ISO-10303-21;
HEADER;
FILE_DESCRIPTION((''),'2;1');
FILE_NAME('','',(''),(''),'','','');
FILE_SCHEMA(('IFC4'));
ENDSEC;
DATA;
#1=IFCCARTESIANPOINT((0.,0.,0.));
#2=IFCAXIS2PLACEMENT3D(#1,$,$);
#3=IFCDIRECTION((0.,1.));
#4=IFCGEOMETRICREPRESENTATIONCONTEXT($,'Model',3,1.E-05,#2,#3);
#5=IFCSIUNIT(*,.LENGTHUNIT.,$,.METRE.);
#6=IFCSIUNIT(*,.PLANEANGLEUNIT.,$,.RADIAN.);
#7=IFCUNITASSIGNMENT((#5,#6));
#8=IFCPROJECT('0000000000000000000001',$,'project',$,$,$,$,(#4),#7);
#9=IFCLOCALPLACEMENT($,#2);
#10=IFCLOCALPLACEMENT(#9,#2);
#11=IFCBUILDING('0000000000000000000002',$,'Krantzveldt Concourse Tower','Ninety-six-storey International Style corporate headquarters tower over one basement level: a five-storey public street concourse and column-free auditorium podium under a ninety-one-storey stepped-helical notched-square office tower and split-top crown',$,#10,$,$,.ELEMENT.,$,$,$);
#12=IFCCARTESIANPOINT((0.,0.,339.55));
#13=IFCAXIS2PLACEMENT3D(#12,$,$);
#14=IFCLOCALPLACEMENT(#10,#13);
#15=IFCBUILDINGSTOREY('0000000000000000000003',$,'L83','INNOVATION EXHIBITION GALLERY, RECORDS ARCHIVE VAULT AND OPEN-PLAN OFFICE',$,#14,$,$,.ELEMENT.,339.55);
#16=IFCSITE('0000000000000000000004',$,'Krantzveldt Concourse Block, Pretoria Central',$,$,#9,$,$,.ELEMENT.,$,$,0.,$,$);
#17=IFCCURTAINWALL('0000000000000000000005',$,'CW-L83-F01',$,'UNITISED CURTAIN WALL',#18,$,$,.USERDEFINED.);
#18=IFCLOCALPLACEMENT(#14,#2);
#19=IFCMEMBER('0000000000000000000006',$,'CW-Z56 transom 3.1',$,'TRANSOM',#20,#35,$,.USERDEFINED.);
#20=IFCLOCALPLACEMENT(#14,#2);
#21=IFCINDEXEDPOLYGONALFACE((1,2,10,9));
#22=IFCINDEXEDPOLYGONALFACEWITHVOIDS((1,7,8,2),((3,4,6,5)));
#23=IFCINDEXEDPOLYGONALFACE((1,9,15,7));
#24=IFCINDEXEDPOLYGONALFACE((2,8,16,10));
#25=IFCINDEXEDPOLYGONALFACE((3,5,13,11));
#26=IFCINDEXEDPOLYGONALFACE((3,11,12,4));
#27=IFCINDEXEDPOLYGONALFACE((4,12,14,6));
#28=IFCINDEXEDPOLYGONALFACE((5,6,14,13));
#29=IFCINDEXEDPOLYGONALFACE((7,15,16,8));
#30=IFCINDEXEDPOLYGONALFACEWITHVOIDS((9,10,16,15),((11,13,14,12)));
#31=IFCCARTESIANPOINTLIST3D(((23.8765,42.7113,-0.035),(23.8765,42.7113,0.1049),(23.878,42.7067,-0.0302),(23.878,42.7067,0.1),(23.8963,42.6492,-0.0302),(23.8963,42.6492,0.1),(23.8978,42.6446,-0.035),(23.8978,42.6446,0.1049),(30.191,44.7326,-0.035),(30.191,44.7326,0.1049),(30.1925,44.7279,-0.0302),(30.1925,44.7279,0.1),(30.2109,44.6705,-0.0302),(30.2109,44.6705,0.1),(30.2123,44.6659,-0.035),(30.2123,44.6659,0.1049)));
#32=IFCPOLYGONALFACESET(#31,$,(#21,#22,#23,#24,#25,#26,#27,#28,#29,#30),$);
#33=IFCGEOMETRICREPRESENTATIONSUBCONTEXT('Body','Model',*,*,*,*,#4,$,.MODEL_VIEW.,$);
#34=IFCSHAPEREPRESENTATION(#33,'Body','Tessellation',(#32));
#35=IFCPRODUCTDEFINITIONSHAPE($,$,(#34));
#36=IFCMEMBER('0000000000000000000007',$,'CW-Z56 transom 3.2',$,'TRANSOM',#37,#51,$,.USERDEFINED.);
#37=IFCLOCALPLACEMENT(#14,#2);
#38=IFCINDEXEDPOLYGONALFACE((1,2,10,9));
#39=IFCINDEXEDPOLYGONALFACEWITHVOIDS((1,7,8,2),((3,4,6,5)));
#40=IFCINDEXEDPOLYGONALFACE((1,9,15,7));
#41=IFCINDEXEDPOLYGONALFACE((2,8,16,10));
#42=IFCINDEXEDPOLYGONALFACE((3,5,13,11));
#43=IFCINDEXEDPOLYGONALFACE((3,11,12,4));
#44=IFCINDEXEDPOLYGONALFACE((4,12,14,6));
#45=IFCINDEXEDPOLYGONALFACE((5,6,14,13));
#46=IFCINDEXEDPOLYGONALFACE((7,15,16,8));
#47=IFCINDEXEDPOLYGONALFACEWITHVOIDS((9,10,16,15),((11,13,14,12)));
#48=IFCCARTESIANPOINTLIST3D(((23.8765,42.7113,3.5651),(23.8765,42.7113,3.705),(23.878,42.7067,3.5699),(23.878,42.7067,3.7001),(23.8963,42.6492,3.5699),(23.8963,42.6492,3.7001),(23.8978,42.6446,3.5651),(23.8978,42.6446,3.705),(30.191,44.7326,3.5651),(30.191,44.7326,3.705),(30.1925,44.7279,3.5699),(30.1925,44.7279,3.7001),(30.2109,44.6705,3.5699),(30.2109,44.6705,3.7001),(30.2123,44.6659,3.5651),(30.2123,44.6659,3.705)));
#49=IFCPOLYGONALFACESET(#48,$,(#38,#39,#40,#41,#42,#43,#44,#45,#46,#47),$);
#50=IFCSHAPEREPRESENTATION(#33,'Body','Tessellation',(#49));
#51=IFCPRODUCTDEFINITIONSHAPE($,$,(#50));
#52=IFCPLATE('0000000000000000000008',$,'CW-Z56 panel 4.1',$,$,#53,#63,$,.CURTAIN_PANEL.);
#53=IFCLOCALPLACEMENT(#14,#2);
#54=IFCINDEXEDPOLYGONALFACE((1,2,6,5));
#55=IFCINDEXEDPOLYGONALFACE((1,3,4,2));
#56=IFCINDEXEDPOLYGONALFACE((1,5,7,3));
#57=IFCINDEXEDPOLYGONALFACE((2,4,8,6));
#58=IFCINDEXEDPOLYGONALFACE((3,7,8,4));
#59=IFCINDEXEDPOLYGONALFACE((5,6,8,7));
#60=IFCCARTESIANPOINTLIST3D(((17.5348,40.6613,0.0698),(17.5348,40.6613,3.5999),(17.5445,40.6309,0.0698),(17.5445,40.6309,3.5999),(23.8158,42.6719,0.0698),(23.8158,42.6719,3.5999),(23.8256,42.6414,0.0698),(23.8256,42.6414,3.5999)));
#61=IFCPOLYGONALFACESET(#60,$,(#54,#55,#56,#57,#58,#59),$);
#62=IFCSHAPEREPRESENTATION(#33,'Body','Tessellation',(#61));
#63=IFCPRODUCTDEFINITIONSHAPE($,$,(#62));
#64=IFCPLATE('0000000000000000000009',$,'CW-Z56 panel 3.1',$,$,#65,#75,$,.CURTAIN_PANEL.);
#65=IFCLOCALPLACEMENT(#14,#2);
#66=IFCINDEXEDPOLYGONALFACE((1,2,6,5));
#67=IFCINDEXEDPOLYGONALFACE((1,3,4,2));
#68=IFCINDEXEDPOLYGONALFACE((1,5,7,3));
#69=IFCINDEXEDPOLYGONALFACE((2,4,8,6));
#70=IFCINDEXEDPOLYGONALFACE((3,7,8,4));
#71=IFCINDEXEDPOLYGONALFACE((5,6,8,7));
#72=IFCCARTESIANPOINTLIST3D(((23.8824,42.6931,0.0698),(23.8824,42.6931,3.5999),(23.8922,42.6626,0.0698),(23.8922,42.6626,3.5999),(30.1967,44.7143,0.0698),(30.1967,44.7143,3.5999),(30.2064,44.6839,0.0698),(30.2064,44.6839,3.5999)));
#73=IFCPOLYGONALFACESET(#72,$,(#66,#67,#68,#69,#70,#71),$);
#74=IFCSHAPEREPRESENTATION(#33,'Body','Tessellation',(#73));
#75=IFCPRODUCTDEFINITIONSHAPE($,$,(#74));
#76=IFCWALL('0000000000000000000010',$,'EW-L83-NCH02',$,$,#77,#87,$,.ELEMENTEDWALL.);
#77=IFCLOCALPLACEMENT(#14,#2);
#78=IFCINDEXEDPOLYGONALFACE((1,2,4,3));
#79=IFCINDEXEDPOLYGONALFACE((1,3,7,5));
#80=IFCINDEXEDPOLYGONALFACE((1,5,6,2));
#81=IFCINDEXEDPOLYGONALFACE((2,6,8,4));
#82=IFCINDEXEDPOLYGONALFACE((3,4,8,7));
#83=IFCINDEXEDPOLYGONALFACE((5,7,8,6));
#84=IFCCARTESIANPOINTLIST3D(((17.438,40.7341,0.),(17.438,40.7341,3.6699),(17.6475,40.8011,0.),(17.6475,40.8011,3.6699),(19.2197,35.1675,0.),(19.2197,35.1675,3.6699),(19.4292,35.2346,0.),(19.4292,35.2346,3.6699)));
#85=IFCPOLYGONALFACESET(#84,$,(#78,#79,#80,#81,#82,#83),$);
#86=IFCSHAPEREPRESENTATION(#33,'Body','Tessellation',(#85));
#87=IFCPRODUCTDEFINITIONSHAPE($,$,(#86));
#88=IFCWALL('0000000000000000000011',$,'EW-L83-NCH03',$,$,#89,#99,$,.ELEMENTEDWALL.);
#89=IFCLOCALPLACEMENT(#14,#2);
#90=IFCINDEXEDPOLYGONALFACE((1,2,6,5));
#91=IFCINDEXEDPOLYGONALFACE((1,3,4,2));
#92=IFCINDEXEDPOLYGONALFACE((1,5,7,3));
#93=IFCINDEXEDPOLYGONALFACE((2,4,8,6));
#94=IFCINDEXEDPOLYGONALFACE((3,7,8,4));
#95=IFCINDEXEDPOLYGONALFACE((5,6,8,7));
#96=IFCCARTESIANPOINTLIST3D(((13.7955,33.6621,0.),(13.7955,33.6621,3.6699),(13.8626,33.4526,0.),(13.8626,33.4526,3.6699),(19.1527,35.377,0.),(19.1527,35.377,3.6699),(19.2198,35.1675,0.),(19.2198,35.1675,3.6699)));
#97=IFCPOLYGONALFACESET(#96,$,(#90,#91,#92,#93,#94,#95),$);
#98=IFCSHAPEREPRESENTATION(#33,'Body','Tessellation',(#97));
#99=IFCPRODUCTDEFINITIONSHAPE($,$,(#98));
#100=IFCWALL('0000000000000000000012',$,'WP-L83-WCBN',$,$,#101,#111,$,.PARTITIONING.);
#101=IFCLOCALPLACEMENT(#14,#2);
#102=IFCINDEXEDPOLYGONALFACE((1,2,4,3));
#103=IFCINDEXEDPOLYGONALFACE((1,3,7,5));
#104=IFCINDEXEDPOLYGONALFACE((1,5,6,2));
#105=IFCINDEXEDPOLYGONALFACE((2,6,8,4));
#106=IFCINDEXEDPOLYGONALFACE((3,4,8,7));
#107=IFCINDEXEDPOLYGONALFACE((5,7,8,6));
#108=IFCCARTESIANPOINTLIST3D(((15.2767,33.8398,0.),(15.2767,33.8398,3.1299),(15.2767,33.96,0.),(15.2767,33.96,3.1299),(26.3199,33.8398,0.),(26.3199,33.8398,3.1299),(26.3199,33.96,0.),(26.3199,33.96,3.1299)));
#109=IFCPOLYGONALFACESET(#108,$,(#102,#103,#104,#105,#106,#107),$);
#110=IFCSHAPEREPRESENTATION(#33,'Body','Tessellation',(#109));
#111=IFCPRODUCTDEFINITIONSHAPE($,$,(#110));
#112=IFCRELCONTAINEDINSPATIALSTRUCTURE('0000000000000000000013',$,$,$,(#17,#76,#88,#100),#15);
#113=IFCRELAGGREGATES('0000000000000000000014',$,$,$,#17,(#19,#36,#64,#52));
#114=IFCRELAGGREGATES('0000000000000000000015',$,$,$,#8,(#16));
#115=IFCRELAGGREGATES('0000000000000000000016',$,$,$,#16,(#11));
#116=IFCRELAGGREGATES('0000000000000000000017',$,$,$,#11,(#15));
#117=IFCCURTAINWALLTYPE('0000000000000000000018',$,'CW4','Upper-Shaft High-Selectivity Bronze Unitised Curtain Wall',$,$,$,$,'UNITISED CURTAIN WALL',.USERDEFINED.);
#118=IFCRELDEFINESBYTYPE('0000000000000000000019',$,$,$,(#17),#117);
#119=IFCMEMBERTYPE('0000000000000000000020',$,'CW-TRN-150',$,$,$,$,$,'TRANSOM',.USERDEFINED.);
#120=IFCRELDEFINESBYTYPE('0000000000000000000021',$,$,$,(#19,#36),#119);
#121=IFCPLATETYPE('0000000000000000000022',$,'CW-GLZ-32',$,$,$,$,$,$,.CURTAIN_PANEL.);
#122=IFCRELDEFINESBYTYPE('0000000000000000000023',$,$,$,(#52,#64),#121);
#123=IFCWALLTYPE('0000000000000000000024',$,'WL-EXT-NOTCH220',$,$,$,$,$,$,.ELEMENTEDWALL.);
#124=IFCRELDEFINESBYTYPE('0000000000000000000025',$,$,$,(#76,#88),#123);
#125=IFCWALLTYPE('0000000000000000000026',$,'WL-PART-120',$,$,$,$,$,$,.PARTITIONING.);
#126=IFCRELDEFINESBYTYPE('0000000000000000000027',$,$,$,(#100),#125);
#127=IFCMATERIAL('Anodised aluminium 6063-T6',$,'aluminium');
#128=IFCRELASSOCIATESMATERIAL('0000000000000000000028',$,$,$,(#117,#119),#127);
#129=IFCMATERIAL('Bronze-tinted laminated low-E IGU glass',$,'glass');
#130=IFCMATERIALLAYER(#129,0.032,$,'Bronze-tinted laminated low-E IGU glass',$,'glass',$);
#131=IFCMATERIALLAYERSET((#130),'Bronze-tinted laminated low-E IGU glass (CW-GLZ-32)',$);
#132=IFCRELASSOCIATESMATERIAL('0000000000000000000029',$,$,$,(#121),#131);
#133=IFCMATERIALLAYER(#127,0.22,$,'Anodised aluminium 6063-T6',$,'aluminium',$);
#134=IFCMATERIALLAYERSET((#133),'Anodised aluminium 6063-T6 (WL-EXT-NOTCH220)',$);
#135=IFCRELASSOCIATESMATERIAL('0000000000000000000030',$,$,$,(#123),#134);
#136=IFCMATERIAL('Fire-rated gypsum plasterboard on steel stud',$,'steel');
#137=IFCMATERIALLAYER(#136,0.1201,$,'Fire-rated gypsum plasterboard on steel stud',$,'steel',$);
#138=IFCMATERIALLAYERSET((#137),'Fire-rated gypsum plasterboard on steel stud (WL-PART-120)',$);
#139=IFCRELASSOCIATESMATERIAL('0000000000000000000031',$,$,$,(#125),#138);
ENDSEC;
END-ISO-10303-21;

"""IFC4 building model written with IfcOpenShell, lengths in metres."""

from ifc_helpers import new_model, si_unit, direction, frame, frame_2d, origin, origin_2d, place, context, subcontext, project, spatial, rectangle, hollow_rectangle, extrude, source, transform, mapped, material, layer, layer_set, material_profile, profile_set, type_object, type_shapes, element, aggregate, save


model = new_model("IFC4")

# Units and contexts
model_context = context("Model", 3, precision=1e-05, world=origin(), true_north=direction((0.0, 1.0)))
body_context = subcontext(model_context, "Body", "Model", "MODEL_VIEW")
ifc_project = project(units=[si_unit("LENGTHUNIT", "METRE"), si_unit("PLANEANGLEUNIT", "RADIAN")], contexts=[model_context])

# Site, building, storey
site_placement = place(None, origin())
site = spatial("IfcSite", under=ifc_project, at=site_placement, Name="Krantzveldt Concourse Block, Pretoria Central", CompositionType="ELEMENT", RefElevation=0.0)
building_placement = place(site_placement, origin())
building = spatial("IfcBuilding", under=site, at=building_placement, Name="Krantzveldt Concourse Tower", Description="Ninety-six-storey International Style corporate headquarters tower over one basement level: a five-storey public street concourse and column-free auditorium podium under a ninety-one-storey stepped-helical notched-square office tower and split-top crown", CompositionType="ELEMENT")
storey_placement = place(building_placement, frame((0.0, 0.0, 339.55)))
storey = spatial("IfcBuildingStorey", under=building, at=storey_placement, Name="L83", Description="INNOVATION EXHIBITION GALLERY, RECORDS ARCHIVE VAULT AND OPEN-PLAN OFFICE", CompositionType="ELEMENT", Elevation=339.55)

# Curtain wall
ifc_material_1 = material(Name="Anodised aluminium 6063-T6", Category="aluminium")
curtain_wall_type = type_object("IfcCurtainWallType", Name="CW4", Description="Upper-Shaft High-Selectivity Bronze Unitised Curtain Wall", ElementType="UNITISED CURTAIN WALL", PredefinedType="USERDEFINED", material=ifc_material_1)
curtain_wall_1_placement = place(storey_placement, origin())
curtain_wall_1 = element("IfcCurtainWall", 1, at=curtain_wall_1_placement, inside=storey, type_object=curtain_wall_type, Name="CW-L83-F01", ObjectType="UNITISED CURTAIN WALL", PredefinedType="USERDEFINED")

# Members
ifc_material_profile_1 = material_profile(ifc_material_1, hollow_rectangle(XDim=0.0701, YDim=0.1399, WallThickness=0.0049, at=origin_2d()), Name="Anodised aluminium 6063-T6", Category="aluminium")
ifc_profile_set_1 = profile_set([ifc_material_profile_1], Name="Anodised aluminium 6063-T6 - ALU-TRAN 140x70x5")
member_type_1 = type_object("IfcMemberType", Name="CW-TRN-150", ElementType="TRANSOM", PredefinedType="USERDEFINED", material=ifc_profile_set_1)
shared_shape_1 = source(origin(), body_context, "Body", "SweptSolid", [
    extrude(hollow_rectangle(XDim=0.0701, YDim=0.1399, WallThickness=0.0049, at=origin_2d()), origin(), (0.0, 0.0, 1.0), 6.6301),
])
member_1_placement = place(storey_placement, frame((30.2017, 44.6992, 0.0349), z_axis=(-0.952397, -0.30486, 0.0), x_axis=(0.30486, -0.952397, 0.0)))
member_1 = element("IfcMember", 2, at=member_1_placement, type_object=member_type_1, Name="CW-Z56 transom 3.1", ObjectType="TRANSOM", PredefinedType="USERDEFINED", context=body_context, shape_type="MappedRepresentation", body=[
    mapped(shared_shape_1, transform((0.0, 0.0, 0.0), x_axis=(1.0, 0.0, 0.0), y_axis=(0.0, 1.0, 0.0), z_axis=(0.0, 0.0, 1.0), scale=1.0)),
])
member_2_placement = place(storey_placement, frame((30.2017, 44.6992, 3.635), z_axis=(-0.952397, -0.30486, 0.0), x_axis=(0.30486, -0.952397, 0.0)))
member_2 = element("IfcMember", 3, at=member_2_placement, type_object=member_type_1, Name="CW-Z56 transom 3.2", ObjectType="TRANSOM", PredefinedType="USERDEFINED", context=body_context, shape_type="MappedRepresentation", body=[
    mapped(shared_shape_1, transform((0.0, 0.0, 0.0), x_axis=(1.0, 0.0, 0.0), y_axis=(0.0, 1.0, 0.0), z_axis=(0.0, 0.0, 1.0), scale=1.0)),
])

# Plates
ifc_material_2 = material(Name="Bronze-tinted laminated low-E IGU glass", Category="glass")
ifc_layer_1 = layer(ifc_material_2, 0.032, Name="Bronze-tinted laminated low-E IGU glass", Category="glass")
ifc_layer_set_1 = layer_set([ifc_layer_1], Name="Bronze-tinted laminated low-E IGU glass (CW-GLZ-32)")
plate_type = type_object("IfcPlateType", Name="CW-GLZ-32", PredefinedType="CURTAIN_PANEL", material=ifc_layer_set_1)
shared_shape_2 = source(origin(), body_context, "Body", "SweptSolid", [
    extrude(rectangle(XDim=6.595, YDim=0.032, at=origin_2d()), origin(), (0.0, 0.0, 1.0), 3.53),
])
plate_1_placement = place(storey_placement, frame((20.6802, 41.6514, 0.0698), z_axis=(0.0, 0.0, 1.0), x_axis=(-0.952396, -0.304864, 0.0)))
plate_1 = element("IfcPlate", 4, at=plate_1_placement, type_object=plate_type, Name="CW-Z56 panel 4.1", PredefinedType="CURTAIN_PANEL", context=body_context, shape_type="MappedRepresentation", body=[
    mapped(shared_shape_2, transform((0.0, 0.0, 0.0), x_axis=(1.0, 0.0, 0.0), y_axis=(0.0, 1.0, 0.0), z_axis=(0.0, 0.0, 1.0), scale=1.0)),
])
shared_shape_3 = source(origin(), body_context, "Body", "SweptSolid", [
    extrude(rectangle(XDim=6.6299, YDim=0.032, at=origin_2d()), origin(), (0.0, 0.0, 1.0), 3.53),
])
type_shapes(plate_type, [shared_shape_2, shared_shape_3])
plate_2_placement = place(storey_placement, frame((27.0444, 43.6885, 0.0698), z_axis=(0.0, 0.0, 1.0), x_axis=(-0.952396, -0.304864, 0.0)))
plate_2 = element("IfcPlate", 5, at=plate_2_placement, type_object=plate_type, Name="CW-Z56 panel 3.1", PredefinedType="CURTAIN_PANEL", context=body_context, shape_type="MappedRepresentation", body=[
    mapped(shared_shape_3, transform((0.0, 0.0, 0.0), x_axis=(1.0, 0.0, 0.0), y_axis=(0.0, 1.0, 0.0), z_axis=(0.0, 0.0, 1.0), scale=1.0)),
])
aggregate(curtain_wall_1, [member_1, member_2, plate_2, plate_1])

# Walls
ifc_layer_2 = layer(ifc_material_1, 0.22, Name="Anodised aluminium 6063-T6", Category="aluminium")
ifc_layer_set_2 = layer_set([ifc_layer_2], Name="Anodised aluminium 6063-T6 (WL-EXT-NOTCH220)")
wall_type_1 = type_object("IfcWallType", Name="WL-EXT-NOTCH220", PredefinedType="ELEMENTEDWALL", material=ifc_layer_set_2)
wall_1_placement = place(storey_placement, frame((17.5427, 40.7676, 0.0), z_axis=(0.0, 0.0, 1.0), x_axis=(0.304839, -0.952404, 0.0)))
element("IfcWall", 6, at=wall_1_placement, inside=storey, type_object=wall_type_1, Name="EW-L83-NCH02", PredefinedType="ELEMENTEDWALL", context=body_context, shape_type="SweptSolid", body=[
    extrude(rectangle(XDim=5.8447, YDim=0.22, at=frame_2d((2.9224, 0.0))), origin(), (0.0, 0.0, 1.0), 3.6699),
])
wall_2_placement = place(storey_placement, frame((19.1863, 35.2722, 0.0), z_axis=(0.0, 0.0, 1.0), x_axis=(-0.952396, -0.304864, 0.0)))
element("IfcWall", 7, at=wall_2_placement, inside=storey, type_object=wall_type_1, Name="EW-L83-NCH03", PredefinedType="ELEMENTEDWALL", context=body_context, shape_type="SweptSolid", body=[
    extrude(rectangle(XDim=5.625, YDim=0.22, at=frame_2d((2.8125, 0.0))), origin(), (0.0, 0.0, 1.0), 3.6699),
])
ifc_material_3 = material(Name="Fire-rated gypsum plasterboard on steel stud", Category="steel")
ifc_layer_3 = layer(ifc_material_3, 0.1201, Name="Fire-rated gypsum plasterboard on steel stud", Category="steel")
ifc_layer_set_3 = layer_set([ifc_layer_3], Name="Fire-rated gypsum plasterboard on steel stud (WL-PART-120)")
wall_type_2 = type_object("IfcWallType", Name="WL-PART-120", PredefinedType="PARTITIONING", material=ifc_layer_set_3)
wall_3_placement = place(storey_placement, frame((15.2769, 33.8999, 0.0), z_axis=(0.0, 0.0, 1.0), x_axis=(1.0, 0.0, 0.0)))
element("IfcWall", 8, at=wall_3_placement, inside=storey, type_object=wall_type_2, Name="WP-L83-WCBN", PredefinedType="PARTITIONING", context=body_context, shape_type="SweptSolid", body=[
    extrude(rectangle(XDim=11.0432, YDim=0.1201, at=frame_2d((5.5215, 0.0))), origin(), (0.0, 0.0, 1.0), 3.1299),
])

save(model, "model.ifc")
